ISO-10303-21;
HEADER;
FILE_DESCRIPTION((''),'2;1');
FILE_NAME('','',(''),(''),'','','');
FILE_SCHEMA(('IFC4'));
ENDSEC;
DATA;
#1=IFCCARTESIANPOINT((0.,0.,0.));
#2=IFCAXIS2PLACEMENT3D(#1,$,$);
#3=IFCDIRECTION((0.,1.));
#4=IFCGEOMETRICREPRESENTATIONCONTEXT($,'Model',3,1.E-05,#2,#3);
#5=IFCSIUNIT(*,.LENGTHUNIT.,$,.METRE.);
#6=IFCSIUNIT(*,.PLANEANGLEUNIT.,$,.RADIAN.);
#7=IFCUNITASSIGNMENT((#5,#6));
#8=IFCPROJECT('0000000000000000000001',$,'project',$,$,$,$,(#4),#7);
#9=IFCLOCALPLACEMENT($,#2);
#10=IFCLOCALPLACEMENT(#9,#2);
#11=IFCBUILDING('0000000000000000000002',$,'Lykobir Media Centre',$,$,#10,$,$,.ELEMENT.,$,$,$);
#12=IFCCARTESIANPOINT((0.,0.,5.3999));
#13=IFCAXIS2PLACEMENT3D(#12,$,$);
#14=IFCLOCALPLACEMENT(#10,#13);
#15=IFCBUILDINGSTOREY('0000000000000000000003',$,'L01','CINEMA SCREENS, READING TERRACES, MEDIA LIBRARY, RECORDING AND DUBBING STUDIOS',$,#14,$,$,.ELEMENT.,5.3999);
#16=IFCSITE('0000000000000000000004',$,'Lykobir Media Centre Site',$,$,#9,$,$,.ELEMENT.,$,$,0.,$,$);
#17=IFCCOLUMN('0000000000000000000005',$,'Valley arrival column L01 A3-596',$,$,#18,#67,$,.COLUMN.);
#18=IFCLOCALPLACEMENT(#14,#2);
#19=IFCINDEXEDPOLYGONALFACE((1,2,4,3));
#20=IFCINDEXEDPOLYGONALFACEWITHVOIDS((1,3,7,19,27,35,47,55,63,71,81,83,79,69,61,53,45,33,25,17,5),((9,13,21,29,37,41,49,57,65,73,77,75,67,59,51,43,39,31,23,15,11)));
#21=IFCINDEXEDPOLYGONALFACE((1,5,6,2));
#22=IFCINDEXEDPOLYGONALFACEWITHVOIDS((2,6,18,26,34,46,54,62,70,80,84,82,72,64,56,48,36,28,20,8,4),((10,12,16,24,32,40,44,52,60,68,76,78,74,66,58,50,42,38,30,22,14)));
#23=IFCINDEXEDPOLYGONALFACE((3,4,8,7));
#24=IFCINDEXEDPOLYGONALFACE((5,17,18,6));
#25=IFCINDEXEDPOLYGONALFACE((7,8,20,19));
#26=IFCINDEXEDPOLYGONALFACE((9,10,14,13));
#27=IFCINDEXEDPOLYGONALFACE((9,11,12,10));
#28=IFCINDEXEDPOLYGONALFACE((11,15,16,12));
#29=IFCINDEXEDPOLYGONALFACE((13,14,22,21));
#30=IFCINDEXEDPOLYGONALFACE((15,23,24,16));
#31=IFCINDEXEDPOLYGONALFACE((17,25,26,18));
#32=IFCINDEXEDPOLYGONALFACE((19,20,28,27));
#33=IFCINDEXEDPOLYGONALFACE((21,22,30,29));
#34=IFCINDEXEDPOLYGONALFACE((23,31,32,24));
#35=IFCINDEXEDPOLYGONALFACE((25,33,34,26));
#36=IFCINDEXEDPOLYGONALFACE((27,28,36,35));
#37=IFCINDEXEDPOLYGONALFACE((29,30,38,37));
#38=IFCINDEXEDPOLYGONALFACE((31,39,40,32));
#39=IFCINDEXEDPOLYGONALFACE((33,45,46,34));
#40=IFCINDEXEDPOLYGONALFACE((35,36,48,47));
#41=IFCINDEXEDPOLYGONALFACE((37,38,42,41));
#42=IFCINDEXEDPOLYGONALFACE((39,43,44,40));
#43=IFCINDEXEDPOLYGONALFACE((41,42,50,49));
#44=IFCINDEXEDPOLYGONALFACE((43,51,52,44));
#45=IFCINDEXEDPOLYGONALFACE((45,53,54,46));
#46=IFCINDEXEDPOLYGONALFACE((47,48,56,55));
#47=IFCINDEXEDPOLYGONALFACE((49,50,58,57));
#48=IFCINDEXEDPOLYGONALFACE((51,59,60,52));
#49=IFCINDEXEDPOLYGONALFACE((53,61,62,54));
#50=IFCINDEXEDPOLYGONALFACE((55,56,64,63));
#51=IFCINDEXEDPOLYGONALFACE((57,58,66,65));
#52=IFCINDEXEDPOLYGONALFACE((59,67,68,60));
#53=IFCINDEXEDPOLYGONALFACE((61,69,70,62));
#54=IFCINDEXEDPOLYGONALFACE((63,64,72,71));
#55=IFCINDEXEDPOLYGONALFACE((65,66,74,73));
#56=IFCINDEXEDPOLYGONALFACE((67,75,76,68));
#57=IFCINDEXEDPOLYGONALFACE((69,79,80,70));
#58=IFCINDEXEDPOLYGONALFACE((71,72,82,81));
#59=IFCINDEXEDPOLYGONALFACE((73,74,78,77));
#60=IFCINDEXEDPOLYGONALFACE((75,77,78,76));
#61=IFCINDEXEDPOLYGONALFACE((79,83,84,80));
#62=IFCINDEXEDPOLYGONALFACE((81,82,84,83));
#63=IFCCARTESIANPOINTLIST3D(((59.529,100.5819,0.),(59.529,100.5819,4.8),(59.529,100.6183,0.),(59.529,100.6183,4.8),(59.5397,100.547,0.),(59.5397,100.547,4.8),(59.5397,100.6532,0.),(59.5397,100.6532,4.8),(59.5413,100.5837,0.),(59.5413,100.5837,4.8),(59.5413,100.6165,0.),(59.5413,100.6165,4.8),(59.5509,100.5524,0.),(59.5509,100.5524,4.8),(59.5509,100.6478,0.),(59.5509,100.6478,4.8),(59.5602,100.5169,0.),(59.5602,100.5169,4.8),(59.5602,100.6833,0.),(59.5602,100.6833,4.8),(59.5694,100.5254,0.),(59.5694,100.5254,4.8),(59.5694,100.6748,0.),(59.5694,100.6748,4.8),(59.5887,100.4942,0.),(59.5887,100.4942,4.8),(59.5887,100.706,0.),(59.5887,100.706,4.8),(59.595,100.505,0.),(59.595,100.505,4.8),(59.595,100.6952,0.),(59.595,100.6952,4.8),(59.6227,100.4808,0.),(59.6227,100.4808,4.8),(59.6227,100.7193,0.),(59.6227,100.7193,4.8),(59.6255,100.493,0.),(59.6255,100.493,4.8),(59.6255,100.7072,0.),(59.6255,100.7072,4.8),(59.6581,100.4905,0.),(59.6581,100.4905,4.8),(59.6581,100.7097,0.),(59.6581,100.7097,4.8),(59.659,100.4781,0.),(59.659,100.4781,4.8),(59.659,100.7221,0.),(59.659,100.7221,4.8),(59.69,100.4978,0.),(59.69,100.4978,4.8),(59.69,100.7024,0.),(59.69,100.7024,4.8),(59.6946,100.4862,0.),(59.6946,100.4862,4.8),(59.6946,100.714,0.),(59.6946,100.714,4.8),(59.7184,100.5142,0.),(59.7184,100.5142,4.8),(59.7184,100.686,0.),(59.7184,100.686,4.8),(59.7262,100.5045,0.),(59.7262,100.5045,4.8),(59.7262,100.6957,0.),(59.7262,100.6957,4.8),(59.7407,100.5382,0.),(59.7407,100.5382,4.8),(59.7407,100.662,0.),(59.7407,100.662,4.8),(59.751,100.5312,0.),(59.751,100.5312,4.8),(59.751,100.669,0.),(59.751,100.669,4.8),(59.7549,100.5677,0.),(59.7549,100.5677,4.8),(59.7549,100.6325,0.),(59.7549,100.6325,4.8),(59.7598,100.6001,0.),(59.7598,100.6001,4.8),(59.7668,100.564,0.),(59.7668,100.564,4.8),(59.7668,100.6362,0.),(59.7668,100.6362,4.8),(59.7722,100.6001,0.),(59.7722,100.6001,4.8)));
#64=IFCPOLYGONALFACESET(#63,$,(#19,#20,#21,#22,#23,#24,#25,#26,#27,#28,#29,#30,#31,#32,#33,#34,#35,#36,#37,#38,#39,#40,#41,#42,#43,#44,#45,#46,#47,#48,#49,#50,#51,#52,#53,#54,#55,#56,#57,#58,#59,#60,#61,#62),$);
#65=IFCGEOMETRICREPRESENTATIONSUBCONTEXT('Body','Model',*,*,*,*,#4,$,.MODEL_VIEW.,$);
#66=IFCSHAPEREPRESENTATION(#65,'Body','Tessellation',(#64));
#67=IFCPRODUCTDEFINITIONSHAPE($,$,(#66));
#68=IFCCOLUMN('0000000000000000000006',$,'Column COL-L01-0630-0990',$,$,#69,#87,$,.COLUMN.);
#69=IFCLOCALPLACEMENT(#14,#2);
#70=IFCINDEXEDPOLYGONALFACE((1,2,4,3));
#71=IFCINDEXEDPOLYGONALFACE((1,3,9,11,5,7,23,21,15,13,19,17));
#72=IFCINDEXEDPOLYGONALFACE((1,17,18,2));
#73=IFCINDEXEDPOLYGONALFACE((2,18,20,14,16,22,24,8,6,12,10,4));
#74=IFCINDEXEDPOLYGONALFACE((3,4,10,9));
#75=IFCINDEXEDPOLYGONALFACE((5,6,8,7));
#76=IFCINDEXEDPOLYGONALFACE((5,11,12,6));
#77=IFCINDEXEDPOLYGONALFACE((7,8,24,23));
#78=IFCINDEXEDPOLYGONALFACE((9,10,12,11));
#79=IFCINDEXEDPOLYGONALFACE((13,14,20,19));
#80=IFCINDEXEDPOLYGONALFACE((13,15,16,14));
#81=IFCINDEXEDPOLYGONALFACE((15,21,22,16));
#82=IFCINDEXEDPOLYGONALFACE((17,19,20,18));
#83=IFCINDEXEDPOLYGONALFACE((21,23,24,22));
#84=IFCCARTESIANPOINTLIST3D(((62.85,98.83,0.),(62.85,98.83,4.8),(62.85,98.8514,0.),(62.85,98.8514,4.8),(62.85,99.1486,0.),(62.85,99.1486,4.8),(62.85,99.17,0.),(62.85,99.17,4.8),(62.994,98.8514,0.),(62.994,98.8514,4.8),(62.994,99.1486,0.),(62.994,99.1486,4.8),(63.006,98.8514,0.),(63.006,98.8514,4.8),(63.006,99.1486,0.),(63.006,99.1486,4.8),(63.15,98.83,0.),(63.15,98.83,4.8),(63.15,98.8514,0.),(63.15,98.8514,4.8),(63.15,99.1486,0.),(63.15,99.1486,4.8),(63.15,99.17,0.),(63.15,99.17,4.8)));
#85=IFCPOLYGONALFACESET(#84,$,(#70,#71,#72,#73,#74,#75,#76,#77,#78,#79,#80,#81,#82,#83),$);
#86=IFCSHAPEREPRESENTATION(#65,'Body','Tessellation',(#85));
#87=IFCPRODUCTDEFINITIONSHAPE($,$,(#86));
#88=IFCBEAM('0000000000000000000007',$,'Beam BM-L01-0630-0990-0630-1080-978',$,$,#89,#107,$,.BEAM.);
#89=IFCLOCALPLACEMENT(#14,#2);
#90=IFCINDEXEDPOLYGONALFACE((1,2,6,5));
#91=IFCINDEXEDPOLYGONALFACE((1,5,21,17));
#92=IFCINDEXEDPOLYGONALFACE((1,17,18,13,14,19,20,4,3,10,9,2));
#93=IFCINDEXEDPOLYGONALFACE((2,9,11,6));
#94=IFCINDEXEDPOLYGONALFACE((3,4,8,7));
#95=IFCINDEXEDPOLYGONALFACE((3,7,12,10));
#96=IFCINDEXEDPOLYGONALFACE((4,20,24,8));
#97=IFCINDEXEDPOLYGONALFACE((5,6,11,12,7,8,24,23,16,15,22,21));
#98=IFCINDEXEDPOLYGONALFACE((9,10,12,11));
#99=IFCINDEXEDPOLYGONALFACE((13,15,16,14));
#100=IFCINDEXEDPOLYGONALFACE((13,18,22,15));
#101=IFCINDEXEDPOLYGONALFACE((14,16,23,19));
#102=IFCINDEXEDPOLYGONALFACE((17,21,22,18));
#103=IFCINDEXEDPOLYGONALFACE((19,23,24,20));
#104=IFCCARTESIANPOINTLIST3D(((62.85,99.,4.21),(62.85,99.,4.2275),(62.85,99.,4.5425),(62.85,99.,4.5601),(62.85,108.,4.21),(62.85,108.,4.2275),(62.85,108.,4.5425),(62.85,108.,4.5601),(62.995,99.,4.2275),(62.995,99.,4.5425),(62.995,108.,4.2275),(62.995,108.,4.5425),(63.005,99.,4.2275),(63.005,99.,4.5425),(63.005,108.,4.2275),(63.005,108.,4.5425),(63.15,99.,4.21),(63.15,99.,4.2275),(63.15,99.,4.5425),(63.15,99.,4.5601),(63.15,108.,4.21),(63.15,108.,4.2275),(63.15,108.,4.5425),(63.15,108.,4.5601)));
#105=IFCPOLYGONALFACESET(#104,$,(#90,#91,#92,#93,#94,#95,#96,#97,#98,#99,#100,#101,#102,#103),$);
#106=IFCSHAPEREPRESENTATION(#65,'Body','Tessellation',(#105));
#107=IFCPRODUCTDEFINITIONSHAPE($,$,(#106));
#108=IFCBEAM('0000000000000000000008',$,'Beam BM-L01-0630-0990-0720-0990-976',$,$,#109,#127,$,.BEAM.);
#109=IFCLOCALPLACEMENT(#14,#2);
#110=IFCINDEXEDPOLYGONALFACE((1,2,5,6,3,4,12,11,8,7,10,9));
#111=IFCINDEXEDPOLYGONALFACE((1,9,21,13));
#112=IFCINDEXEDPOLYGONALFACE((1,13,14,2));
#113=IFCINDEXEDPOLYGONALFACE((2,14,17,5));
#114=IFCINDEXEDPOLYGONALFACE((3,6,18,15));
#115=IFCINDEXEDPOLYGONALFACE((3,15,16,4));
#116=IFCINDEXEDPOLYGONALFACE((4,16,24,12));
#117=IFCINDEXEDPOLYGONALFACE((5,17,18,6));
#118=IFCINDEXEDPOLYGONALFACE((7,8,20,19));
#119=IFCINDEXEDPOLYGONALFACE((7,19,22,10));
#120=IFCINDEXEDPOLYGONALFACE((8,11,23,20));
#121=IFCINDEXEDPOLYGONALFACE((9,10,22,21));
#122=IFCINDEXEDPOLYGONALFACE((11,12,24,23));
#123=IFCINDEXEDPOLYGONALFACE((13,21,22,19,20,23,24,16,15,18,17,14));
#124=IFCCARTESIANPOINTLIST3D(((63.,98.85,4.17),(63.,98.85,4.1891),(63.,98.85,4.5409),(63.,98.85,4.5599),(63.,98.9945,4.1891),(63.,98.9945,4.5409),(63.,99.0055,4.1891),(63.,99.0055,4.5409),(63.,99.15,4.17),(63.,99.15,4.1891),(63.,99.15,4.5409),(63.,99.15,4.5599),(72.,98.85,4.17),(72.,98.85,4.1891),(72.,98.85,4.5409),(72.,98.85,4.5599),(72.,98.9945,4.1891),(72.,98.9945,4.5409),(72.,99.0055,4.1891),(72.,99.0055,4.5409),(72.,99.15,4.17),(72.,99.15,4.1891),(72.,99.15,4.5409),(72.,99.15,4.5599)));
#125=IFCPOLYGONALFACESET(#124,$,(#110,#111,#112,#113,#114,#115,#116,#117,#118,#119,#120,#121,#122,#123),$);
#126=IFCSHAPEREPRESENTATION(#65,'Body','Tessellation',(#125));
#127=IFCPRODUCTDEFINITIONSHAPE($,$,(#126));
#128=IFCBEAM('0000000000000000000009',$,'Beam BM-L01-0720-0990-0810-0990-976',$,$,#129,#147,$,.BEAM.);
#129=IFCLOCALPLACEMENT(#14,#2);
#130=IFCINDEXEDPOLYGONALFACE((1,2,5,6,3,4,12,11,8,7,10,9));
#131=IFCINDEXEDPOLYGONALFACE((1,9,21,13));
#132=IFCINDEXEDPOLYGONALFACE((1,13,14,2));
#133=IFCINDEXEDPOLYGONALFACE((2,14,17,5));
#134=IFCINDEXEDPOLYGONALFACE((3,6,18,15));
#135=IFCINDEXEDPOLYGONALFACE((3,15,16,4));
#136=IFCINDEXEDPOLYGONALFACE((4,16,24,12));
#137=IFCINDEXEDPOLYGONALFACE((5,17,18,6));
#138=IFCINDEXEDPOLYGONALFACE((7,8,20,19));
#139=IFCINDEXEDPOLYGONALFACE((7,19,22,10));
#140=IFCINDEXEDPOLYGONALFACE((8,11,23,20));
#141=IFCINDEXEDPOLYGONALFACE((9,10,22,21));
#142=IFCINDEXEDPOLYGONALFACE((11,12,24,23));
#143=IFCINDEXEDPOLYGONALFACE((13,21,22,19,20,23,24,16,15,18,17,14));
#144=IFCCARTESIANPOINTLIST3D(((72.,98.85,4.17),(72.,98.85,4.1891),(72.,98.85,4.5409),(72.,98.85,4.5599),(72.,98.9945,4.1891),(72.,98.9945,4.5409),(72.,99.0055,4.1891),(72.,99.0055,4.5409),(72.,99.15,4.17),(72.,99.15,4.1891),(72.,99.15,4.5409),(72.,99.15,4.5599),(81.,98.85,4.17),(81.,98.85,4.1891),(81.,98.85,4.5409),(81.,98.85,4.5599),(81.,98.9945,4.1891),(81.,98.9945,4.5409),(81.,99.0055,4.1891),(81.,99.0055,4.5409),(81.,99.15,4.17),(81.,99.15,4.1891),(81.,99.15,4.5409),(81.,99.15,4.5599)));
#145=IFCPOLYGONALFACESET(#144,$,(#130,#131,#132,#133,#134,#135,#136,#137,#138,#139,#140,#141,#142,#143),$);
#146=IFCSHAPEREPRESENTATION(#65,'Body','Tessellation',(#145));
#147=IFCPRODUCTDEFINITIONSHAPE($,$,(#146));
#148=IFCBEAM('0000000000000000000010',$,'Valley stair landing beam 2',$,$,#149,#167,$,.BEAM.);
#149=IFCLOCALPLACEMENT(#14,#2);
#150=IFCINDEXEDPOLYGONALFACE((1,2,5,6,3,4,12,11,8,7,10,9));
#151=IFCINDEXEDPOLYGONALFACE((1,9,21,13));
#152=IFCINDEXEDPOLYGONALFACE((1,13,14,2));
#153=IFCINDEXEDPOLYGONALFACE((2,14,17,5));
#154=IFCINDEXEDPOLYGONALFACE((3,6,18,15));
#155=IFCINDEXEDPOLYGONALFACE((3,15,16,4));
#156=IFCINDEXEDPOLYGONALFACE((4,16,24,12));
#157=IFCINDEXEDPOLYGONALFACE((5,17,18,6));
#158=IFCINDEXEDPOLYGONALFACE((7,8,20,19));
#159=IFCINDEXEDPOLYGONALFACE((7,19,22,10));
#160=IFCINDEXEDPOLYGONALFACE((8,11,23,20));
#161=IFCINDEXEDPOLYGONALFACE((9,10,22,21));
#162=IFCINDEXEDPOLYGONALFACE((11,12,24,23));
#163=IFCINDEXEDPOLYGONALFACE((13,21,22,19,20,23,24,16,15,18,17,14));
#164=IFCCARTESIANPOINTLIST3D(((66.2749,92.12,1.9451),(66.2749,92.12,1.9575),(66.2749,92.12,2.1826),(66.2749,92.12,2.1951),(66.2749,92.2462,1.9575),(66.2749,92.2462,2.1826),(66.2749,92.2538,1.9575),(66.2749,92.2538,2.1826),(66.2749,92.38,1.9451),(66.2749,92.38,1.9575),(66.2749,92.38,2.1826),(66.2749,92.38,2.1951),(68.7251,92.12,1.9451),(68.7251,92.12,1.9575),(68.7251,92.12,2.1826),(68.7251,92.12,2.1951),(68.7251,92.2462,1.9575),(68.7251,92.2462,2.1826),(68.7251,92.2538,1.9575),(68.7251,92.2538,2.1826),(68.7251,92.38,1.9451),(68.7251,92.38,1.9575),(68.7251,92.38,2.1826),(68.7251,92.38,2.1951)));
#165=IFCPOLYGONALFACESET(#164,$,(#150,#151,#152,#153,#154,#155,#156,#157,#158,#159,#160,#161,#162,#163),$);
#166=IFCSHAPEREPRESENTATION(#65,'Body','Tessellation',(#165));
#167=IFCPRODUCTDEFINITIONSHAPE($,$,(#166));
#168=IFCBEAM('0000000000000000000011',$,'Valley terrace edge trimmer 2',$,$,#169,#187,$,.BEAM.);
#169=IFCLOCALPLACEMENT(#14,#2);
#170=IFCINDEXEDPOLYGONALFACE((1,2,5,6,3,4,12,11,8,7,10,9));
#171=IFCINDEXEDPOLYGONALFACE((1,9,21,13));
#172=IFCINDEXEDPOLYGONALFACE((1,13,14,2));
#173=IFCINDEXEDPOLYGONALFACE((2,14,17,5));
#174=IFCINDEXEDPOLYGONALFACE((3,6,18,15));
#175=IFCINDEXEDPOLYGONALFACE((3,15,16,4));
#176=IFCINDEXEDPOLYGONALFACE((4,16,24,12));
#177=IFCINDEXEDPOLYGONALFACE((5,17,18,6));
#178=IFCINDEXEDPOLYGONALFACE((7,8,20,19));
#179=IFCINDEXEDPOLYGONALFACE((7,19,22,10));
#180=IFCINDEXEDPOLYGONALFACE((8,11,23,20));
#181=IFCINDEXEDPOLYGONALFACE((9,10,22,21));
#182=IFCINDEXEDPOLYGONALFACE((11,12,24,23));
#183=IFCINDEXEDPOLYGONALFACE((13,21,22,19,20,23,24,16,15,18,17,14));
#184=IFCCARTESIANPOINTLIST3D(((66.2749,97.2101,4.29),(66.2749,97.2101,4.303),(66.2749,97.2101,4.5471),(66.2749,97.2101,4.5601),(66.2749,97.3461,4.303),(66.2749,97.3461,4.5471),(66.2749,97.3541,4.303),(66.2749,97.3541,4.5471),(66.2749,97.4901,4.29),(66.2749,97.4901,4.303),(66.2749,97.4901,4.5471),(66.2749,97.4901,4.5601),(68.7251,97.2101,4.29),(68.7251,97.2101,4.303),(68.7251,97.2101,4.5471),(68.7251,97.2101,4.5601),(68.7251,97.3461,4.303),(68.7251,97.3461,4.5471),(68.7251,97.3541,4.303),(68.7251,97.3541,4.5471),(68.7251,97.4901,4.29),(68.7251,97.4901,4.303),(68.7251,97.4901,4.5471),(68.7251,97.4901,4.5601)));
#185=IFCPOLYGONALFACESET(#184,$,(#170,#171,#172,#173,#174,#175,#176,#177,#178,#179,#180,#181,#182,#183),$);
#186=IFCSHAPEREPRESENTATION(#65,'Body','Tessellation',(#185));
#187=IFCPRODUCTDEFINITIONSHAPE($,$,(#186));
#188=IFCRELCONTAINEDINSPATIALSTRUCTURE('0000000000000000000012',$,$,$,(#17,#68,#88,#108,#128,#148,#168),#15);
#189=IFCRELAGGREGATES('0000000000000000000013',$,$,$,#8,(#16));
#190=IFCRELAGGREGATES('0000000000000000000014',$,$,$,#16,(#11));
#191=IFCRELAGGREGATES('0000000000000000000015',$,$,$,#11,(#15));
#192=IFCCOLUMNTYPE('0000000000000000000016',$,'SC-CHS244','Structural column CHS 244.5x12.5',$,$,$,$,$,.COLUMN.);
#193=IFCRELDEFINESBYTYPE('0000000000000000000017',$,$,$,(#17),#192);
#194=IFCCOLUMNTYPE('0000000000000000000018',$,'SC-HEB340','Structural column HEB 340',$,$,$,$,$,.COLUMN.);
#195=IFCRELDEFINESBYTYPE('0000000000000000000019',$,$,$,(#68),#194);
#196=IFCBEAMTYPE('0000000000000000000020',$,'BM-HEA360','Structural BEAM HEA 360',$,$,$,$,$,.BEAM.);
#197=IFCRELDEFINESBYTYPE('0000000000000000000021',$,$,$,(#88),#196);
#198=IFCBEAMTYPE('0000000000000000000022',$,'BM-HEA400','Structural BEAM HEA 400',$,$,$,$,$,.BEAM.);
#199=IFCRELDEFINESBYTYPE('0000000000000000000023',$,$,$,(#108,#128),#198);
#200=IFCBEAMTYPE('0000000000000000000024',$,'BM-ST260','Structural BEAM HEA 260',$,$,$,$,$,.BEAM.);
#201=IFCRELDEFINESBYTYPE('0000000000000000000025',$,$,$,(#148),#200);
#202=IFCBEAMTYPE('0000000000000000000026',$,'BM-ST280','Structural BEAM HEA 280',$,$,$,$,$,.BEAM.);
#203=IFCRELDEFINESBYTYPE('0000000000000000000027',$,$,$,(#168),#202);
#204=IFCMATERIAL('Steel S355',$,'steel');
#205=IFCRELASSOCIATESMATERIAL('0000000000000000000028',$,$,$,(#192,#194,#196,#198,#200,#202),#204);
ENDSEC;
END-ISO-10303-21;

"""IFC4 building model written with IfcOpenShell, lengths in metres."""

from ifc_helpers import new_model, si_unit, direction, frame, origin, origin_2d, place, context, subcontext, project, spatial, hollow_circle, i_section, extrude, material, material_profile, profile_set, type_object, element, save


model = new_model("IFC4")

# Units and contexts
model_context = context("Model", 3, precision=1e-05, world=origin(), true_north=direction((0.0, 1.0)))
body_context = subcontext(model_context, "Body", "Model", "MODEL_VIEW")
ifc_project = project(units=[si_unit("LENGTHUNIT", "METRE"), si_unit("PLANEANGLEUNIT", "RADIAN")], contexts=[model_context])

# Site, building, storey
site_placement = place(None, origin())
site = spatial("IfcSite", under=ifc_project, at=site_placement, Name="Lykobir Media Centre Site", CompositionType="ELEMENT", RefElevation=0.0)
building_placement = place(site_placement, origin())
building = spatial("IfcBuilding", under=site, at=building_placement, Name="Lykobir Media Centre", CompositionType="ELEMENT")
storey_placement = place(building_placement, frame((0.0, 0.0, 5.3999)))
storey = spatial("IfcBuildingStorey", under=building, at=storey_placement, Name="L01", Description="CINEMA SCREENS, READING TERRACES, MEDIA LIBRARY, RECORDING AND DUBBING STUDIOS", CompositionType="ELEMENT", Elevation=5.3999)

# Columns
ifc_material_1 = material(Name="Steel S355", Category="steel")
ifc_material_profile_1 = material_profile(ifc_material_1, hollow_circle(Radius=0.1223, WallThickness=0.0125, at=origin_2d()), Name="CHS 244.5x12.5")
ifc_profile_set_1 = profile_set([ifc_material_profile_1], Name="Steel S355")
column_type_1 = type_object("IfcColumnType", Name="SC-CHS244", Description="Structural column CHS 244.5x12.5", PredefinedType="COLUMN", material=ifc_profile_set_1)
for number, where, z_axis, x_axis, name in (
    (1, (59.6499, 100.6001, 0.0), (0.0, 0.0, 1.0), (1.0, 0.0, 0.0), "Valley arrival column L01 A3-596"),
):
    element("IfcColumn", number, at=place(storey_placement, frame(where, z_axis=z_axis, x_axis=x_axis)), inside=storey, type_object=column_type_1, Name=name, PredefinedType="COLUMN", context=body_context, shape_type="SweptSolid", body=[
        extrude(hollow_circle(Radius=0.1223, WallThickness=0.0125, at=origin_2d()), origin(), (0.0, 0.0, 1.0), 4.8),
    ])
ifc_material_profile_2 = material_profile(ifc_material_1, i_section(OverallWidth=0.3, OverallDepth=0.3401, WebThickness=0.012, FlangeThickness=0.0215, at=origin_2d()), Name="HEB 340")
ifc_profile_set_2 = profile_set([ifc_material_profile_2], Name="Steel S355")
column_type_2 = type_object("IfcColumnType", Name="SC-HEB340", Description="Structural column HEB 340", PredefinedType="COLUMN", material=ifc_profile_set_2)
column_1_placement = place(storey_placement, frame((63.0, 99.0, 0.0), z_axis=(0.0, 0.0, 1.0), x_axis=(1.0, 0.0, 0.0)))
element("IfcColumn", 2, at=column_1_placement, inside=storey, type_object=column_type_2, Name="Column COL-L01-0630-0990", PredefinedType="COLUMN", context=body_context, shape_type="SweptSolid", body=[
    extrude(i_section(OverallWidth=0.3, OverallDepth=0.3401, WebThickness=0.012, FlangeThickness=0.0215, at=origin_2d()), origin(), (0.0, 0.0, 1.0), 4.8),
])

# Beams
ifc_material_profile_3 = material_profile(ifc_material_1, i_section(OverallWidth=0.3, OverallDepth=0.3501, WebThickness=0.01, FlangeThickness=0.0176, at=origin_2d()), Name="HEA 360")
ifc_profile_set_3 = profile_set([ifc_material_profile_3], Name="Steel S355")
beam_type_1 = type_object("IfcBeamType", Name="BM-HEA360", Description="Structural BEAM HEA 360", PredefinedType="BEAM", material=ifc_profile_set_3)
beam_1_placement = place(storey_placement, frame((63.0, 99.0, 4.385), z_axis=(0.0, 1.0, 0.0), x_axis=(-1.0, 0.0, 0.0)))
element("IfcBeam", 3, at=beam_1_placement, inside=storey, type_object=beam_type_1, Name="Beam BM-L01-0630-0990-0630-1080-978", PredefinedType="BEAM", context=body_context, shape_type="SweptSolid", body=[
    extrude(i_section(OverallWidth=0.3, OverallDepth=0.3501, WebThickness=0.01, FlangeThickness=0.0176, at=origin_2d()), origin(), (0.0, 0.0, 1.0), 9.0),
])
ifc_material_profile_4 = material_profile(ifc_material_1, i_section(OverallWidth=0.3, OverallDepth=0.3899, WebThickness=0.011, FlangeThickness=0.019, at=origin_2d()), Name="HEA 400")
ifc_profile_set_4 = profile_set([ifc_material_profile_4], Name="Steel S355")
beam_type_2 = type_object("IfcBeamType", Name="BM-HEA400", Description="Structural BEAM HEA 400", PredefinedType="BEAM", material=ifc_profile_set_4)
for number, where, z_axis, x_axis, name in (
    (4, (63.0, 99.0, 4.365), (1.0, 0.0, 0.0), (0.0, 1.0, 0.0), "Beam BM-L01-0630-0990-0720-0990-976"),
    (5, (72.0, 99.0, 4.365), (1.0, 0.0, 0.0), (0.0, 1.0, 0.0), "Beam BM-L01-0720-0990-0810-0990-976"),
):
    element("IfcBeam", number, at=place(storey_placement, frame(where, z_axis=z_axis, x_axis=x_axis)), inside=storey, type_object=beam_type_2, Name=name, PredefinedType="BEAM", context=body_context, shape_type="SweptSolid", body=[
        extrude(i_section(OverallWidth=0.3, OverallDepth=0.3899, WebThickness=0.011, FlangeThickness=0.019, at=origin_2d()), origin(), (0.0, 0.0, 1.0), 9.0),
    ])
ifc_material_profile_5 = material_profile(ifc_material_1, i_section(OverallWidth=0.26, OverallDepth=0.25, WebThickness=0.0076, FlangeThickness=0.0125, at=origin_2d()), Name="HEA 260")
ifc_profile_set_5 = profile_set([ifc_material_profile_5], Name="Steel S355")
beam_type_3 = type_object("IfcBeamType", Name="BM-ST260", Description="Structural BEAM HEA 260", PredefinedType="BEAM", material=ifc_profile_set_5)
beam_2_placement = place(storey_placement, frame((66.2749, 92.25, 2.0701), z_axis=(1.0, 0.0, 0.0), x_axis=(0.0, 1.0, 0.0)))
element("IfcBeam", 6, at=beam_2_placement, inside=storey, type_object=beam_type_3, Name="Valley stair landing beam 2", PredefinedType="BEAM", context=body_context, shape_type="SweptSolid", body=[
    extrude(i_section(OverallWidth=0.26, OverallDepth=0.25, WebThickness=0.0076, FlangeThickness=0.0125, at=origin_2d()), origin(), (0.0, 0.0, 1.0), 2.4502),
])
ifc_material_profile_6 = material_profile(ifc_material_1, i_section(OverallWidth=0.28, OverallDepth=0.27, WebThickness=0.0081, FlangeThickness=0.0129, at=origin_2d()), Name="HEA 280")
ifc_profile_set_6 = profile_set([ifc_material_profile_6], Name="Steel S355")
beam_type_4 = type_object("IfcBeamType", Name="BM-ST280", Description="Structural BEAM HEA 280", PredefinedType="BEAM", material=ifc_profile_set_6)
beam_3_placement = place(storey_placement, frame((66.2749, 97.3501, 4.425), z_axis=(1.0, 0.0, 0.0), x_axis=(0.0, 1.0, 0.0)))
element("IfcBeam", 7, at=beam_3_placement, inside=storey, type_object=beam_type_4, Name="Valley terrace edge trimmer 2", PredefinedType="BEAM", context=body_context, shape_type="SweptSolid", body=[
    extrude(i_section(OverallWidth=0.28, OverallDepth=0.27, WebThickness=0.0081, FlangeThickness=0.0129, at=origin_2d()), origin(), (0.0, 0.0, 1.0), 2.4502),
])

save(model, "model.ifc")
